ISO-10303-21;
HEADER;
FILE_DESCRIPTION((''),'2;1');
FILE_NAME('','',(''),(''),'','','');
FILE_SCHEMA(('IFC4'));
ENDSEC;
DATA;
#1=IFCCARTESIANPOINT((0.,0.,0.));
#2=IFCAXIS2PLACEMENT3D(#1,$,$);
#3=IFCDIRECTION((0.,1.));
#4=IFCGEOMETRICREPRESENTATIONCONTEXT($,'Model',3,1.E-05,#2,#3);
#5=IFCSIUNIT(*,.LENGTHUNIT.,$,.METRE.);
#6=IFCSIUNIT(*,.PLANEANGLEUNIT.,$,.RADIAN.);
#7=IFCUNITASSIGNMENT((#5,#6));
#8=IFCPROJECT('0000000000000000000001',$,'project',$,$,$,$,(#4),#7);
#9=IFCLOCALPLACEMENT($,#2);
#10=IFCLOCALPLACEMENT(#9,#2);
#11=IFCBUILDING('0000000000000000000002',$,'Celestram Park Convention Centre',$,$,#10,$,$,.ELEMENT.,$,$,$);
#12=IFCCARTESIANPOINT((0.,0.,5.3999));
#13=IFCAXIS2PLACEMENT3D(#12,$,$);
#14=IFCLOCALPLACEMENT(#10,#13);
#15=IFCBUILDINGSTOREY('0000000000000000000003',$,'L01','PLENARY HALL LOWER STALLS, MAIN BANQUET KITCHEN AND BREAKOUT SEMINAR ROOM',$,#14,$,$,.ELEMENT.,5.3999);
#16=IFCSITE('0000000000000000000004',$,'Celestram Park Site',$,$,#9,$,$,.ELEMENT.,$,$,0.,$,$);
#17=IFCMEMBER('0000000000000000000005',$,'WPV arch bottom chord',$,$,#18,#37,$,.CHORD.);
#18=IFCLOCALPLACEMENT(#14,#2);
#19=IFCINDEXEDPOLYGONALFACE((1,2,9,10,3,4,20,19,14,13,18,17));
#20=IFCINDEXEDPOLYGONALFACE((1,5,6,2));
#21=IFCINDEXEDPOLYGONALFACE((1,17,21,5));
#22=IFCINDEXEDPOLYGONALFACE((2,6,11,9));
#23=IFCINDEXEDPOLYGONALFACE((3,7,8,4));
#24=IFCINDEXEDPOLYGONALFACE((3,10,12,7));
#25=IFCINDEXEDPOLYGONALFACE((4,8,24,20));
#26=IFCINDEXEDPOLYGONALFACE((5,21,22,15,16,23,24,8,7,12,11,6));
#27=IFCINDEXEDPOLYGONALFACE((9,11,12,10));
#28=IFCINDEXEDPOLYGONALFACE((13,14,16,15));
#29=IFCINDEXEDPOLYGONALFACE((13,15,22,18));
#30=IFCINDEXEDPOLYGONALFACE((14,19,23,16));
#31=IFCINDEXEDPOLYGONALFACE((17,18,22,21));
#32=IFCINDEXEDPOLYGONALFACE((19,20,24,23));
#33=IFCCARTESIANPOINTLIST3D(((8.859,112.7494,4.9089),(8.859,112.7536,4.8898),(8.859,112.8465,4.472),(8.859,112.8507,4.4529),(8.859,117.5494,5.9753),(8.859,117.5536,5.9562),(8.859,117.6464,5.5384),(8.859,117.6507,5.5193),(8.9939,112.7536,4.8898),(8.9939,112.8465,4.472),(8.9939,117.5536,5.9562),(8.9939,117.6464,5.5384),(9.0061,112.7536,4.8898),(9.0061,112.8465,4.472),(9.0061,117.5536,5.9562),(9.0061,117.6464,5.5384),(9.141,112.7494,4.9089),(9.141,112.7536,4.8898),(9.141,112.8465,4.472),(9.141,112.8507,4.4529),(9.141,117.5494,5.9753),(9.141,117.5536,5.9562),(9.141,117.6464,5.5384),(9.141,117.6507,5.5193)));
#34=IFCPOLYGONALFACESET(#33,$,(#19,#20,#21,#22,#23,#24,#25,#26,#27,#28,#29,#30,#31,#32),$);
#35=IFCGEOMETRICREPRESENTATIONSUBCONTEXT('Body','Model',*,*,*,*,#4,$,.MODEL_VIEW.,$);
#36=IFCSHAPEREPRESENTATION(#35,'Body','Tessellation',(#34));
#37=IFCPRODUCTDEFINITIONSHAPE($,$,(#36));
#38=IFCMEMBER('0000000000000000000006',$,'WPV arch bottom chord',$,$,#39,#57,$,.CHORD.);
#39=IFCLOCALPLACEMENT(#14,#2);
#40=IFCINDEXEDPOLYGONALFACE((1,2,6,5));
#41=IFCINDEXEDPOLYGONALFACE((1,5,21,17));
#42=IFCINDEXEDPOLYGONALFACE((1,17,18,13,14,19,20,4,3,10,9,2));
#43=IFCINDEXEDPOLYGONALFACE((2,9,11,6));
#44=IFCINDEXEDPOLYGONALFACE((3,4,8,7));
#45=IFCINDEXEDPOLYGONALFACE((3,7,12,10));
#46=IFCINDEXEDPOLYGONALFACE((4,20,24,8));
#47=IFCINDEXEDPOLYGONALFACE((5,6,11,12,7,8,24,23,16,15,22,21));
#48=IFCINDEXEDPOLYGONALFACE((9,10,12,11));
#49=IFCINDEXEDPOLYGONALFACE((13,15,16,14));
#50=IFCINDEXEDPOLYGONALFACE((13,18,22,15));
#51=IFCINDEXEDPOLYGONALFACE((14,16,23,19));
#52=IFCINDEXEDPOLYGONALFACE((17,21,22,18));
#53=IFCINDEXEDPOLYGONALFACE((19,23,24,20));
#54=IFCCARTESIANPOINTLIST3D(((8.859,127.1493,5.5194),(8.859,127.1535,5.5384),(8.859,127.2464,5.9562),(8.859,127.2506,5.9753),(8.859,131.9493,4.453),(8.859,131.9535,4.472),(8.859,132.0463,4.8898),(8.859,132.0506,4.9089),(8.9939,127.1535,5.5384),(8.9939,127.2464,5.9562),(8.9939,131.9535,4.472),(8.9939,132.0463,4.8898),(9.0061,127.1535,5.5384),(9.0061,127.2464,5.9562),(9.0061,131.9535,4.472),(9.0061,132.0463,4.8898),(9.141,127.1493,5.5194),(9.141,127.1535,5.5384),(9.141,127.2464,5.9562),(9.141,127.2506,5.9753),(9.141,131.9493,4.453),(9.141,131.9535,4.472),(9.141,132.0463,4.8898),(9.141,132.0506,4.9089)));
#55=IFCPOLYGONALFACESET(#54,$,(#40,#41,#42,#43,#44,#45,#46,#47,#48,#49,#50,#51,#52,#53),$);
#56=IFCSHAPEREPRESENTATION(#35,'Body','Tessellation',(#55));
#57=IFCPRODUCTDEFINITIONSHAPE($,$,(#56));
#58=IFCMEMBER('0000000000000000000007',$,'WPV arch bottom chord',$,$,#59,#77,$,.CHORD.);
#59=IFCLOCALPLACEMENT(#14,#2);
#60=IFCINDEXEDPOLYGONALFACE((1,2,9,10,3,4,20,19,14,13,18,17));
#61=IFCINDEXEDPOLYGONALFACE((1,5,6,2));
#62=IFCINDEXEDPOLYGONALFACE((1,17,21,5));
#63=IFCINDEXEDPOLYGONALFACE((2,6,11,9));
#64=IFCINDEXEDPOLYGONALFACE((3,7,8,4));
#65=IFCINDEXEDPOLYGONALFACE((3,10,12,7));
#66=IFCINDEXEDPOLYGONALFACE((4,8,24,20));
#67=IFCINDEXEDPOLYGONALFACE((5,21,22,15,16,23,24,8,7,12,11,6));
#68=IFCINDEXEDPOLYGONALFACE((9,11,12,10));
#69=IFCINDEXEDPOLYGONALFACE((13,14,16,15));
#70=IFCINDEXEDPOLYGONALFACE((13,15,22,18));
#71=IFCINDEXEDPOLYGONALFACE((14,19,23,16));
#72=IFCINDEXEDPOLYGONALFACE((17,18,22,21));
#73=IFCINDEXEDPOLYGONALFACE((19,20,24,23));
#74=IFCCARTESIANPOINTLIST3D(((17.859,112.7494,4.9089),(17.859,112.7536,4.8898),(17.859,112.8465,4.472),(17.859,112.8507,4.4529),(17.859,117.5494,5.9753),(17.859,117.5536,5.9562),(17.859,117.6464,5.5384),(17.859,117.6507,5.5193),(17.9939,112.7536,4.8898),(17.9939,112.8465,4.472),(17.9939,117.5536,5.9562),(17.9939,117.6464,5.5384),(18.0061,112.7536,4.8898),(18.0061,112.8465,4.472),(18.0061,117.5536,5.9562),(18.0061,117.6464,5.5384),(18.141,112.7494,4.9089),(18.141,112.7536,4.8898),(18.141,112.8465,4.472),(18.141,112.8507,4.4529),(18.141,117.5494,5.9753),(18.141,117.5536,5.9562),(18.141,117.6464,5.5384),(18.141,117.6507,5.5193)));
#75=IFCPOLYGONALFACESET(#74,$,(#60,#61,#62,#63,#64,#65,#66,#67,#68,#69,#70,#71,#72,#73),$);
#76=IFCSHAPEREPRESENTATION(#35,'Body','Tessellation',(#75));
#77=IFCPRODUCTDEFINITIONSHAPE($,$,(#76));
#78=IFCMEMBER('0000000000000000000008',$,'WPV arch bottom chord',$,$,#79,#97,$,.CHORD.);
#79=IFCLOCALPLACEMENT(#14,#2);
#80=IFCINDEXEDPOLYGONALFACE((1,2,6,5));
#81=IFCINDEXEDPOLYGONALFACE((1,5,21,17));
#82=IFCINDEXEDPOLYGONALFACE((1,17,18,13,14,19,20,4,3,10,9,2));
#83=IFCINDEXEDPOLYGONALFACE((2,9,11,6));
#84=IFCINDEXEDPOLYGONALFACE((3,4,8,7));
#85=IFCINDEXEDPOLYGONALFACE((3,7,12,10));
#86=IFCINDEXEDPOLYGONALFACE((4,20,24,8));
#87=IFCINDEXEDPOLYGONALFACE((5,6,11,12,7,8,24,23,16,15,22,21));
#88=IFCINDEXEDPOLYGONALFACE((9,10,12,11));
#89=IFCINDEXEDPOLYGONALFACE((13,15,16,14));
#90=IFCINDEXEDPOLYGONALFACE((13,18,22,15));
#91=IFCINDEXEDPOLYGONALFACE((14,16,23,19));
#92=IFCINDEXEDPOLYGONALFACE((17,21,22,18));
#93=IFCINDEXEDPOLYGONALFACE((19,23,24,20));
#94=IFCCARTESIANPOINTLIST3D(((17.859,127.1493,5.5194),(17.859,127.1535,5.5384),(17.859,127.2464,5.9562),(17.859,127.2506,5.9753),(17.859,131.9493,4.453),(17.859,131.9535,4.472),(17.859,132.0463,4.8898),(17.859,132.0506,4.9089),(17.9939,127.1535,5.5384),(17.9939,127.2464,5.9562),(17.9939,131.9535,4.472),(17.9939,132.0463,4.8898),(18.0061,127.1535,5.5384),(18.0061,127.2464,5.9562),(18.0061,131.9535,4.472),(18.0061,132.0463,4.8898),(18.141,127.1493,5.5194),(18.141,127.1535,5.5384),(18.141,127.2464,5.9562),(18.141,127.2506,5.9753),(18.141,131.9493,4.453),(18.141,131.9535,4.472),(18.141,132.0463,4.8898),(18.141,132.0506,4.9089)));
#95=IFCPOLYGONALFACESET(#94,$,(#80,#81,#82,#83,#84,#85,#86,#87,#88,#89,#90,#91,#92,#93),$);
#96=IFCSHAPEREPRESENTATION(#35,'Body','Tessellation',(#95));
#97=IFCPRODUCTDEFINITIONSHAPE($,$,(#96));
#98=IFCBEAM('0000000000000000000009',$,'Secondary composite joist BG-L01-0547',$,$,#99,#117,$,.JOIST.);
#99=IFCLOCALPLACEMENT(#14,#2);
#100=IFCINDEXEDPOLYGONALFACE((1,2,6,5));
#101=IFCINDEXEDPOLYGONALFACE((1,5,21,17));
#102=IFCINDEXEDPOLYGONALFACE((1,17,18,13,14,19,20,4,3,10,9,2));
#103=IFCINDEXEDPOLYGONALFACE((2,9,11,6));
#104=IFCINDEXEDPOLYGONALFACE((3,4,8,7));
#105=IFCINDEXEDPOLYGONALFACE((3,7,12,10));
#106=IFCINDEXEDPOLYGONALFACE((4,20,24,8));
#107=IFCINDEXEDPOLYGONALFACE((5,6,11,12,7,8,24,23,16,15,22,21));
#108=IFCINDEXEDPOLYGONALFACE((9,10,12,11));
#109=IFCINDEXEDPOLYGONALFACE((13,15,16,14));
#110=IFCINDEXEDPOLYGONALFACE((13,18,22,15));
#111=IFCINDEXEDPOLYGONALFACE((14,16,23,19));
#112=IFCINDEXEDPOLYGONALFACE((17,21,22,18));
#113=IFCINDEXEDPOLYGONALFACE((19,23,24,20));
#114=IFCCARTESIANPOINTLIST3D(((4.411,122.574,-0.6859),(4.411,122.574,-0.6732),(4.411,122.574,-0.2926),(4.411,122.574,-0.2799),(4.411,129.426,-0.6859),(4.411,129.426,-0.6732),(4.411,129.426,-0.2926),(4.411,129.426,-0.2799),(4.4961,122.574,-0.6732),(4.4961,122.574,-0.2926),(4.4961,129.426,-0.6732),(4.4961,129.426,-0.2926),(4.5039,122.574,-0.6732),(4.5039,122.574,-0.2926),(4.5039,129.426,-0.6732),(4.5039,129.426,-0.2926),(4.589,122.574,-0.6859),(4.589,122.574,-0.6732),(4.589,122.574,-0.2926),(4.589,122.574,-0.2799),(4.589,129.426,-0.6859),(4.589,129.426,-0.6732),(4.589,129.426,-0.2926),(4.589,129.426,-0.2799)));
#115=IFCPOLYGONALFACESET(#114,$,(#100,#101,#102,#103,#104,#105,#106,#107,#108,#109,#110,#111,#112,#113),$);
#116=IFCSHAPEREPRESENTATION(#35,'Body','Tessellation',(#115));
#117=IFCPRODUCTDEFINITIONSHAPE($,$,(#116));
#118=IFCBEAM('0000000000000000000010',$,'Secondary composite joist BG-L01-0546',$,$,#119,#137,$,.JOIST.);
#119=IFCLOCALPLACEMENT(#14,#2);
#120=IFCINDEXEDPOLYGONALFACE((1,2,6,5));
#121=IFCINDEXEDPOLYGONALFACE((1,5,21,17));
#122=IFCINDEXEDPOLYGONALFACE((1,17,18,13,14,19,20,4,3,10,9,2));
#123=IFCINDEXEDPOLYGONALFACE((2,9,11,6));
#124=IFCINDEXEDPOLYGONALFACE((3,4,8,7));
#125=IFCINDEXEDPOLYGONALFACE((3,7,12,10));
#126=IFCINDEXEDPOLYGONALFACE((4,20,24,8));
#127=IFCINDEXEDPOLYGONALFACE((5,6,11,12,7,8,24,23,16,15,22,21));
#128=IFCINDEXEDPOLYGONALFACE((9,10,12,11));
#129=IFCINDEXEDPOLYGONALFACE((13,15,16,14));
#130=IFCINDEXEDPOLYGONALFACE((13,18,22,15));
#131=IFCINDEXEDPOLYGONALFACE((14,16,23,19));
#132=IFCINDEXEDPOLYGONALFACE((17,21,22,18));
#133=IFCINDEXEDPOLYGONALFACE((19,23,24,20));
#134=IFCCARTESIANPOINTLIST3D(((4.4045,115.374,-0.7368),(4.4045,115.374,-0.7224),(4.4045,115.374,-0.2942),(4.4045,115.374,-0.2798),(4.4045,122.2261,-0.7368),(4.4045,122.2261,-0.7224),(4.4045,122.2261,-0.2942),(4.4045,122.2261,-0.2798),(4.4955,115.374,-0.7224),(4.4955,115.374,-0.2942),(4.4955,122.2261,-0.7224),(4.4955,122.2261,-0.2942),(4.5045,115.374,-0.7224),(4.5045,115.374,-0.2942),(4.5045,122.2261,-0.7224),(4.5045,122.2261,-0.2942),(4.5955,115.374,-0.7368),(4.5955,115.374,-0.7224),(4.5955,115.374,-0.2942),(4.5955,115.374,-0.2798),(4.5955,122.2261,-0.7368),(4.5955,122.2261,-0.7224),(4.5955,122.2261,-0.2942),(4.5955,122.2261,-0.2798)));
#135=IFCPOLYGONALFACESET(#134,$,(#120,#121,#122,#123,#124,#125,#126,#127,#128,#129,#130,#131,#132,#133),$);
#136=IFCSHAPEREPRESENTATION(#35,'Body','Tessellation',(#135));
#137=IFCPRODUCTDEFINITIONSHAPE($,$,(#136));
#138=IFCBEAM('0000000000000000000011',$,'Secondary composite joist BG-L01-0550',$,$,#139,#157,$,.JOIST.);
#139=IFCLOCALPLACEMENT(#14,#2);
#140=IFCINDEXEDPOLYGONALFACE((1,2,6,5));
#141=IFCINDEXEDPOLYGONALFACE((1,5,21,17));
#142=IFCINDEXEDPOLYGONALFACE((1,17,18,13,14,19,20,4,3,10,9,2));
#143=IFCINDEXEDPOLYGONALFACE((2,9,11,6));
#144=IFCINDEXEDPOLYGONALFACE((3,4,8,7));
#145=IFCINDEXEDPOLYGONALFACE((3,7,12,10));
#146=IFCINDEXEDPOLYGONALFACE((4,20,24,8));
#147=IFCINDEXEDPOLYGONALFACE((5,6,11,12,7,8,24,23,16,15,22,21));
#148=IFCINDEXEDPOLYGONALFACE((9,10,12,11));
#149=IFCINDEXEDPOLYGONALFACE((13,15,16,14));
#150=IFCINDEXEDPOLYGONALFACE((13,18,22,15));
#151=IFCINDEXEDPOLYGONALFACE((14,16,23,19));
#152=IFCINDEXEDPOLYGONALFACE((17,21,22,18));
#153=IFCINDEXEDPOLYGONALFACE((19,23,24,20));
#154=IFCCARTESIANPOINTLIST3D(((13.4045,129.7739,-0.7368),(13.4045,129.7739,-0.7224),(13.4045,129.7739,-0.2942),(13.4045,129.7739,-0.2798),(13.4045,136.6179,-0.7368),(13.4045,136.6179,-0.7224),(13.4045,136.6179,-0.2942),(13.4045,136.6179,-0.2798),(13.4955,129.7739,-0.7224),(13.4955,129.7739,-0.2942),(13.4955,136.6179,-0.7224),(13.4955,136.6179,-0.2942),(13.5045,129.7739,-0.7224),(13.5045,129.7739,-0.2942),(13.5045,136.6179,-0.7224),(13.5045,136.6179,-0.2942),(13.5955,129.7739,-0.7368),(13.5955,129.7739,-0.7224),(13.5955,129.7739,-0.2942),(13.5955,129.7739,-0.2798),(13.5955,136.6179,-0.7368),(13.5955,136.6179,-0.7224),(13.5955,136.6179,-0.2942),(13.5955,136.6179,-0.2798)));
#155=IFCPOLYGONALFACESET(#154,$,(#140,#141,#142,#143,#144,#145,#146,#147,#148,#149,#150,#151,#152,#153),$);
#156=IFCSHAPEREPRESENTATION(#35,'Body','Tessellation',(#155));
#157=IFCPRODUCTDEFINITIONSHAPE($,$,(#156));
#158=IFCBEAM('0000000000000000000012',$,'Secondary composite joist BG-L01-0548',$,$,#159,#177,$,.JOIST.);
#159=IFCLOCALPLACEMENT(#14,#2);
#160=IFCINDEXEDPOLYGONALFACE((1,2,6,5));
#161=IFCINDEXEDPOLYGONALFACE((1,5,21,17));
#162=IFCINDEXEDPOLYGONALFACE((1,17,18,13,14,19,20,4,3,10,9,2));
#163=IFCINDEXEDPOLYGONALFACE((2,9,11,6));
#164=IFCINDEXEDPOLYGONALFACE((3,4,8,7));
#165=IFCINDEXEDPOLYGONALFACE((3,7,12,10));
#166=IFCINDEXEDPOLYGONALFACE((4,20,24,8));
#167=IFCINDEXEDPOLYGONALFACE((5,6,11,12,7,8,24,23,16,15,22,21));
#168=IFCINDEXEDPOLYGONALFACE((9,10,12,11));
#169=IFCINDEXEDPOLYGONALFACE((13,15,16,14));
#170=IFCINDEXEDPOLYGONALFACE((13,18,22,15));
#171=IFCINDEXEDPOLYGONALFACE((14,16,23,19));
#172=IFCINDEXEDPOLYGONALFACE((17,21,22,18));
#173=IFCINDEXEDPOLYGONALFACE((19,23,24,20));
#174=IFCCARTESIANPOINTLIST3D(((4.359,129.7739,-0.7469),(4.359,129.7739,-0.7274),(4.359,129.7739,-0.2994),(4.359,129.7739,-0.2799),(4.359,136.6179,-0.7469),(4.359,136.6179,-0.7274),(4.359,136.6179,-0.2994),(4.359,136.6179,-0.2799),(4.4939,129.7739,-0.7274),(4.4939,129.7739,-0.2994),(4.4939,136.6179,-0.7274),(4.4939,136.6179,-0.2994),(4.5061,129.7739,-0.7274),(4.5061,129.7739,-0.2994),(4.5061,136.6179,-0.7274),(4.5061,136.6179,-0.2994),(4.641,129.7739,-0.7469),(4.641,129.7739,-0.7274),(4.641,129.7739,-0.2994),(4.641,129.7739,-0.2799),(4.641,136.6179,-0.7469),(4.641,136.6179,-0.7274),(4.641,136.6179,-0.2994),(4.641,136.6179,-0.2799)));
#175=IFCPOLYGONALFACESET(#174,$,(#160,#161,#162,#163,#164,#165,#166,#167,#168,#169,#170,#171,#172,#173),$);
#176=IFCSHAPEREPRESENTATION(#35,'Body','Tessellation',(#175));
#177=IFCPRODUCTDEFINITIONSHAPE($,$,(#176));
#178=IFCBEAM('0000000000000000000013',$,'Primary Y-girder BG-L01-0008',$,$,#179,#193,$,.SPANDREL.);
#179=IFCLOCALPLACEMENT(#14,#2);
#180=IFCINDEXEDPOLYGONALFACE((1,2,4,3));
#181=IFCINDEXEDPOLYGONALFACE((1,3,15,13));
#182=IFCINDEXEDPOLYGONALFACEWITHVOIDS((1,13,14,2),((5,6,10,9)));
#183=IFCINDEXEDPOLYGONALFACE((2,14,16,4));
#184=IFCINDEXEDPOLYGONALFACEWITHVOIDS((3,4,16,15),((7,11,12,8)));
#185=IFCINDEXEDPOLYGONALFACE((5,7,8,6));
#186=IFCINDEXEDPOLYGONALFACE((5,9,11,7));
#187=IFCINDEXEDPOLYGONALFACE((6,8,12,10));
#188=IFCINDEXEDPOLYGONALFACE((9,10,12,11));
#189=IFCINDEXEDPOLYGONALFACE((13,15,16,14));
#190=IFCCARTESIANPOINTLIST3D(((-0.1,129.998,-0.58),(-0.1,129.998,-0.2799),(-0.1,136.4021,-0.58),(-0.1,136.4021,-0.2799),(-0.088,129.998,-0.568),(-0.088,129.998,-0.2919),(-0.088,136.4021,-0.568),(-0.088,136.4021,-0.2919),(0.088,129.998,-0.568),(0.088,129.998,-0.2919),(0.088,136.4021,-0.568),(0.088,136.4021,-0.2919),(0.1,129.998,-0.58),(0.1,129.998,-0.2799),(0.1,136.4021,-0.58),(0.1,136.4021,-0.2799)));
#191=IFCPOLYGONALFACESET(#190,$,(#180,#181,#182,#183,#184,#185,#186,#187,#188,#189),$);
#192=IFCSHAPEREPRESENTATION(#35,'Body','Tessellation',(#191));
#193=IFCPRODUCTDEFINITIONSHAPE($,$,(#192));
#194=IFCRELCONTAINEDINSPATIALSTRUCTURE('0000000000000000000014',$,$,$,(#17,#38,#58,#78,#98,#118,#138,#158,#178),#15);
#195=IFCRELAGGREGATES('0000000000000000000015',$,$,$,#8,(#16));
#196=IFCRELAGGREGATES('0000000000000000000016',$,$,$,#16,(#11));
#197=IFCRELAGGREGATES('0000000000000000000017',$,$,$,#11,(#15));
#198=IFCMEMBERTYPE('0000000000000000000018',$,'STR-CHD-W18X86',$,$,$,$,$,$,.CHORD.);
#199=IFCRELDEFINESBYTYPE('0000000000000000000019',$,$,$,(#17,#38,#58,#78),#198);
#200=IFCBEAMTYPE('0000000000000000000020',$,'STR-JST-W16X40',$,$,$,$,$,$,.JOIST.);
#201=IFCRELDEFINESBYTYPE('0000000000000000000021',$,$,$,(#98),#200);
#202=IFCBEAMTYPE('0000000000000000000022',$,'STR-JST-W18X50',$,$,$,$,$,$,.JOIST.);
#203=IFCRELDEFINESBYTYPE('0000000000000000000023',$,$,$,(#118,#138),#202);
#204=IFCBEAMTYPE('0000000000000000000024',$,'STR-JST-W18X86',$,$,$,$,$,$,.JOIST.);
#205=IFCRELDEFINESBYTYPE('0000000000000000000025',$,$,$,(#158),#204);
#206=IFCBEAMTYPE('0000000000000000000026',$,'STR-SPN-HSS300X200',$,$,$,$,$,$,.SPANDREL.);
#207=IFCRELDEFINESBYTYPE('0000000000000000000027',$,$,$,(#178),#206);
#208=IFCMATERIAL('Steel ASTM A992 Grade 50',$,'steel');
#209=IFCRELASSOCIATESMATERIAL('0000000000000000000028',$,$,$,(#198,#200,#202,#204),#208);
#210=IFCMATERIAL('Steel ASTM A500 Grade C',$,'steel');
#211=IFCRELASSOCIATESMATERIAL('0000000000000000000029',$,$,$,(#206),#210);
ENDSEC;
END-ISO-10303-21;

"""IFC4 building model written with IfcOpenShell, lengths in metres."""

from ifc_helpers import new_model, si_unit, direction, frame, origin, origin_2d, place, context, subcontext, project, spatial, hollow_rectangle, i_section, extrude, material, material_profile, profile_set, type_object, element, save


model = new_model("IFC4")

# Units and contexts
model_context = context("Model", 3, precision=1e-05, world=origin(), true_north=direction((0.0, 1.0)))
body_context = subcontext(model_context, "Body", "Model", "MODEL_VIEW")
ifc_project = project(units=[si_unit("LENGTHUNIT", "METRE"), si_unit("PLANEANGLEUNIT", "RADIAN")], contexts=[model_context])

# Site, building, storey
site_placement = place(None, origin())
site = spatial("IfcSite", under=ifc_project, at=site_placement, Name="Celestram Park Site", CompositionType="ELEMENT", RefElevation=0.0)
building_placement = place(site_placement, origin())
building = spatial("IfcBuilding", under=site, at=building_placement, Name="Celestram Park Convention Centre", CompositionType="ELEMENT")
storey_placement = place(building_placement, frame((0.0, 0.0, 5.3999)))
storey = spatial("IfcBuildingStorey", under=building, at=storey_placement, Name="L01", Description="PLENARY HALL LOWER STALLS, MAIN BANQUET KITCHEN AND BREAKOUT SEMINAR ROOM", CompositionType="ELEMENT", Elevation=5.3999)

# Shared definitions
ifc_material_1 = material(Name="Steel ASTM A992 Grade 50", Category="steel")

# Members
ifc_material_profile_1 = material_profile(ifc_material_1, i_section(OverallWidth=0.282, OverallDepth=0.467, WebThickness=0.0122, FlangeThickness=0.0195, at=origin_2d()), Name="W18X86")
ifc_profile_set_1 = profile_set([ifc_material_profile_1], Name="Steel ASTM A992 Grade 50")
member_type_1 = type_object("IfcMemberType", Name="STR-CHD-W18X86", PredefinedType="CHORD", material=ifc_profile_set_1)
for number, where, z_axis, x_axis, name in (
    (1, (9.0, 112.8, 4.6809), (0.0, 0.976199, 0.216878), (-1.0, 0.0, 0.0), "WPV arch bottom chord"),
    (2, (9.0, 127.2, 5.7473), (0.0, 0.976199, -0.216878), (-1.0, 0.0, 0.0), "WPV arch bottom chord"),
    (3, (18.0, 112.8, 4.6809), (0.0, 0.976199, 0.216878), (-1.0, 0.0, 0.0), "WPV arch bottom chord"),
    (4, (18.0, 127.2, 5.7473), (0.0, 0.976199, -0.216878), (-1.0, 0.0, 0.0), "WPV arch bottom chord"),
):
    element("IfcMember", number, at=place(storey_placement, frame(where, z_axis=z_axis, x_axis=x_axis)), inside=storey, type_object=member_type_1, Name=name, PredefinedType="CHORD", context=body_context, shape_type="SweptSolid", body=[
        extrude(i_section(OverallWidth=0.282, OverallDepth=0.467, WebThickness=0.0122, FlangeThickness=0.0195, at=origin_2d()), origin(), (0.0, 0.0, 1.0), 4.917),
    ])

# Beams
ifc_material_profile_2 = material_profile(ifc_material_1, i_section(OverallWidth=0.178, OverallDepth=0.406, WebThickness=0.0078, FlangeThickness=0.0127, at=origin_2d()), Name="W16X40")
ifc_profile_set_2 = profile_set([ifc_material_profile_2], Name="Steel ASTM A992 Grade 50")
beam_type_1 = type_object("IfcBeamType", Name="STR-JST-W16X40", PredefinedType="JOIST", material=ifc_profile_set_2)
beam_1_placement = place(storey_placement, frame((4.5, 122.574, -0.4829), z_axis=(0.0, 1.0, 0.0), x_axis=(-1.0, 0.0, 0.0)))
element("IfcBeam", 5, at=beam_1_placement, inside=storey, type_object=beam_type_1, Name="Secondary composite joist BG-L01-0547", PredefinedType="JOIST", context=body_context, shape_type="SweptSolid", body=[
    extrude(i_section(OverallWidth=0.178, OverallDepth=0.406, WebThickness=0.0078, FlangeThickness=0.0127, at=origin_2d()), origin(), (0.0, 0.0, 1.0), 6.8521),
])
ifc_material_profile_3 = material_profile(ifc_material_1, i_section(OverallWidth=0.1909, OverallDepth=0.457, WebThickness=0.009, FlangeThickness=0.0144, at=origin_2d()), Name="W18X50")
ifc_profile_set_3 = profile_set([ifc_material_profile_3], Name="Steel ASTM A992 Grade 50")
beam_type_2 = type_object("IfcBeamType", Name="STR-JST-W18X50", PredefinedType="JOIST", material=ifc_profile_set_3)
beam_2_placement = place(storey_placement, frame((4.5, 115.374, -0.5083), z_axis=(0.0, 1.0, 0.0), x_axis=(-1.0, 0.0, 0.0)))
element("IfcBeam", 6, at=beam_2_placement, inside=storey, type_object=beam_type_2, Name="Secondary composite joist BG-L01-0546", PredefinedType="JOIST", context=body_context, shape_type="SweptSolid", body=[
    extrude(i_section(OverallWidth=0.1909, OverallDepth=0.457, WebThickness=0.009, FlangeThickness=0.0144, at=origin_2d()), origin(), (0.0, 0.0, 1.0), 6.8521),
])
beam_3_placement = place(storey_placement, frame((13.5, 129.7739, -0.5083), z_axis=(0.0, 1.0, 0.0), x_axis=(-1.0, 0.0, 0.0)))
element("IfcBeam", 7, at=beam_3_placement, inside=storey, type_object=beam_type_2, Name="Secondary composite joist BG-L01-0550", PredefinedType="JOIST", context=body_context, shape_type="SweptSolid", body=[
    extrude(i_section(OverallWidth=0.1909, OverallDepth=0.457, WebThickness=0.009, FlangeThickness=0.0144, at=origin_2d()), origin(), (0.0, 0.0, 1.0), 6.844),
])
ifc_material_profile_4 = material_profile(ifc_material_1, i_section(OverallWidth=0.282, OverallDepth=0.467, WebThickness=0.0122, FlangeThickness=0.0195, at=origin_2d()), Name="W18X86")
ifc_profile_set_4 = profile_set([ifc_material_profile_4], Name="Steel ASTM A992 Grade 50")
beam_type_3 = type_object("IfcBeamType", Name="STR-JST-W18X86", PredefinedType="JOIST", material=ifc_profile_set_4)
beam_4_placement = place(storey_placement, frame((4.5, 129.7739, -0.5134), z_axis=(0.0, 1.0, 0.0), x_axis=(-1.0, 0.0, 0.0)))
element("IfcBeam", 8, at=beam_4_placement, inside=storey, type_object=beam_type_3, Name="Secondary composite joist BG-L01-0548", PredefinedType="JOIST", context=body_context, shape_type="SweptSolid", body=[
    extrude(i_section(OverallWidth=0.282, OverallDepth=0.467, WebThickness=0.0122, FlangeThickness=0.0195, at=origin_2d()), origin(), (0.0, 0.0, 1.0), 6.844),
])
ifc_material_2 = material(Name="Steel ASTM A500 Grade C", Category="steel")
ifc_material_profile_5 = material_profile(ifc_material_2, hollow_rectangle(XDim=0.2, YDim=0.3, WallThickness=0.012, at=origin_2d()), Name="HSS300X200X12")
ifc_profile_set_5 = profile_set([ifc_material_profile_5], Name="Steel ASTM A500 Grade C")
beam_type_4 = type_object("IfcBeamType", Name="STR-SPN-HSS300X200", PredefinedType="SPANDREL", material=ifc_profile_set_5)
beam_5_placement = place(storey_placement, frame((0.0, 129.998, -0.4299), z_axis=(0.0, 1.0, 0.0), x_axis=(-1.0, 0.0, 0.0)))
element("IfcBeam", 9, at=beam_5_placement, inside=storey, type_object=beam_type_4, Name="Primary Y-girder BG-L01-0008", PredefinedType="SPANDREL", context=body_context, shape_type="SweptSolid", body=[
    extrude(hollow_rectangle(XDim=0.2, YDim=0.3, WallThickness=0.012, at=origin_2d()), origin(), (0.0, 0.0, 1.0), 6.4041),
])

save(model, "model.ifc")
